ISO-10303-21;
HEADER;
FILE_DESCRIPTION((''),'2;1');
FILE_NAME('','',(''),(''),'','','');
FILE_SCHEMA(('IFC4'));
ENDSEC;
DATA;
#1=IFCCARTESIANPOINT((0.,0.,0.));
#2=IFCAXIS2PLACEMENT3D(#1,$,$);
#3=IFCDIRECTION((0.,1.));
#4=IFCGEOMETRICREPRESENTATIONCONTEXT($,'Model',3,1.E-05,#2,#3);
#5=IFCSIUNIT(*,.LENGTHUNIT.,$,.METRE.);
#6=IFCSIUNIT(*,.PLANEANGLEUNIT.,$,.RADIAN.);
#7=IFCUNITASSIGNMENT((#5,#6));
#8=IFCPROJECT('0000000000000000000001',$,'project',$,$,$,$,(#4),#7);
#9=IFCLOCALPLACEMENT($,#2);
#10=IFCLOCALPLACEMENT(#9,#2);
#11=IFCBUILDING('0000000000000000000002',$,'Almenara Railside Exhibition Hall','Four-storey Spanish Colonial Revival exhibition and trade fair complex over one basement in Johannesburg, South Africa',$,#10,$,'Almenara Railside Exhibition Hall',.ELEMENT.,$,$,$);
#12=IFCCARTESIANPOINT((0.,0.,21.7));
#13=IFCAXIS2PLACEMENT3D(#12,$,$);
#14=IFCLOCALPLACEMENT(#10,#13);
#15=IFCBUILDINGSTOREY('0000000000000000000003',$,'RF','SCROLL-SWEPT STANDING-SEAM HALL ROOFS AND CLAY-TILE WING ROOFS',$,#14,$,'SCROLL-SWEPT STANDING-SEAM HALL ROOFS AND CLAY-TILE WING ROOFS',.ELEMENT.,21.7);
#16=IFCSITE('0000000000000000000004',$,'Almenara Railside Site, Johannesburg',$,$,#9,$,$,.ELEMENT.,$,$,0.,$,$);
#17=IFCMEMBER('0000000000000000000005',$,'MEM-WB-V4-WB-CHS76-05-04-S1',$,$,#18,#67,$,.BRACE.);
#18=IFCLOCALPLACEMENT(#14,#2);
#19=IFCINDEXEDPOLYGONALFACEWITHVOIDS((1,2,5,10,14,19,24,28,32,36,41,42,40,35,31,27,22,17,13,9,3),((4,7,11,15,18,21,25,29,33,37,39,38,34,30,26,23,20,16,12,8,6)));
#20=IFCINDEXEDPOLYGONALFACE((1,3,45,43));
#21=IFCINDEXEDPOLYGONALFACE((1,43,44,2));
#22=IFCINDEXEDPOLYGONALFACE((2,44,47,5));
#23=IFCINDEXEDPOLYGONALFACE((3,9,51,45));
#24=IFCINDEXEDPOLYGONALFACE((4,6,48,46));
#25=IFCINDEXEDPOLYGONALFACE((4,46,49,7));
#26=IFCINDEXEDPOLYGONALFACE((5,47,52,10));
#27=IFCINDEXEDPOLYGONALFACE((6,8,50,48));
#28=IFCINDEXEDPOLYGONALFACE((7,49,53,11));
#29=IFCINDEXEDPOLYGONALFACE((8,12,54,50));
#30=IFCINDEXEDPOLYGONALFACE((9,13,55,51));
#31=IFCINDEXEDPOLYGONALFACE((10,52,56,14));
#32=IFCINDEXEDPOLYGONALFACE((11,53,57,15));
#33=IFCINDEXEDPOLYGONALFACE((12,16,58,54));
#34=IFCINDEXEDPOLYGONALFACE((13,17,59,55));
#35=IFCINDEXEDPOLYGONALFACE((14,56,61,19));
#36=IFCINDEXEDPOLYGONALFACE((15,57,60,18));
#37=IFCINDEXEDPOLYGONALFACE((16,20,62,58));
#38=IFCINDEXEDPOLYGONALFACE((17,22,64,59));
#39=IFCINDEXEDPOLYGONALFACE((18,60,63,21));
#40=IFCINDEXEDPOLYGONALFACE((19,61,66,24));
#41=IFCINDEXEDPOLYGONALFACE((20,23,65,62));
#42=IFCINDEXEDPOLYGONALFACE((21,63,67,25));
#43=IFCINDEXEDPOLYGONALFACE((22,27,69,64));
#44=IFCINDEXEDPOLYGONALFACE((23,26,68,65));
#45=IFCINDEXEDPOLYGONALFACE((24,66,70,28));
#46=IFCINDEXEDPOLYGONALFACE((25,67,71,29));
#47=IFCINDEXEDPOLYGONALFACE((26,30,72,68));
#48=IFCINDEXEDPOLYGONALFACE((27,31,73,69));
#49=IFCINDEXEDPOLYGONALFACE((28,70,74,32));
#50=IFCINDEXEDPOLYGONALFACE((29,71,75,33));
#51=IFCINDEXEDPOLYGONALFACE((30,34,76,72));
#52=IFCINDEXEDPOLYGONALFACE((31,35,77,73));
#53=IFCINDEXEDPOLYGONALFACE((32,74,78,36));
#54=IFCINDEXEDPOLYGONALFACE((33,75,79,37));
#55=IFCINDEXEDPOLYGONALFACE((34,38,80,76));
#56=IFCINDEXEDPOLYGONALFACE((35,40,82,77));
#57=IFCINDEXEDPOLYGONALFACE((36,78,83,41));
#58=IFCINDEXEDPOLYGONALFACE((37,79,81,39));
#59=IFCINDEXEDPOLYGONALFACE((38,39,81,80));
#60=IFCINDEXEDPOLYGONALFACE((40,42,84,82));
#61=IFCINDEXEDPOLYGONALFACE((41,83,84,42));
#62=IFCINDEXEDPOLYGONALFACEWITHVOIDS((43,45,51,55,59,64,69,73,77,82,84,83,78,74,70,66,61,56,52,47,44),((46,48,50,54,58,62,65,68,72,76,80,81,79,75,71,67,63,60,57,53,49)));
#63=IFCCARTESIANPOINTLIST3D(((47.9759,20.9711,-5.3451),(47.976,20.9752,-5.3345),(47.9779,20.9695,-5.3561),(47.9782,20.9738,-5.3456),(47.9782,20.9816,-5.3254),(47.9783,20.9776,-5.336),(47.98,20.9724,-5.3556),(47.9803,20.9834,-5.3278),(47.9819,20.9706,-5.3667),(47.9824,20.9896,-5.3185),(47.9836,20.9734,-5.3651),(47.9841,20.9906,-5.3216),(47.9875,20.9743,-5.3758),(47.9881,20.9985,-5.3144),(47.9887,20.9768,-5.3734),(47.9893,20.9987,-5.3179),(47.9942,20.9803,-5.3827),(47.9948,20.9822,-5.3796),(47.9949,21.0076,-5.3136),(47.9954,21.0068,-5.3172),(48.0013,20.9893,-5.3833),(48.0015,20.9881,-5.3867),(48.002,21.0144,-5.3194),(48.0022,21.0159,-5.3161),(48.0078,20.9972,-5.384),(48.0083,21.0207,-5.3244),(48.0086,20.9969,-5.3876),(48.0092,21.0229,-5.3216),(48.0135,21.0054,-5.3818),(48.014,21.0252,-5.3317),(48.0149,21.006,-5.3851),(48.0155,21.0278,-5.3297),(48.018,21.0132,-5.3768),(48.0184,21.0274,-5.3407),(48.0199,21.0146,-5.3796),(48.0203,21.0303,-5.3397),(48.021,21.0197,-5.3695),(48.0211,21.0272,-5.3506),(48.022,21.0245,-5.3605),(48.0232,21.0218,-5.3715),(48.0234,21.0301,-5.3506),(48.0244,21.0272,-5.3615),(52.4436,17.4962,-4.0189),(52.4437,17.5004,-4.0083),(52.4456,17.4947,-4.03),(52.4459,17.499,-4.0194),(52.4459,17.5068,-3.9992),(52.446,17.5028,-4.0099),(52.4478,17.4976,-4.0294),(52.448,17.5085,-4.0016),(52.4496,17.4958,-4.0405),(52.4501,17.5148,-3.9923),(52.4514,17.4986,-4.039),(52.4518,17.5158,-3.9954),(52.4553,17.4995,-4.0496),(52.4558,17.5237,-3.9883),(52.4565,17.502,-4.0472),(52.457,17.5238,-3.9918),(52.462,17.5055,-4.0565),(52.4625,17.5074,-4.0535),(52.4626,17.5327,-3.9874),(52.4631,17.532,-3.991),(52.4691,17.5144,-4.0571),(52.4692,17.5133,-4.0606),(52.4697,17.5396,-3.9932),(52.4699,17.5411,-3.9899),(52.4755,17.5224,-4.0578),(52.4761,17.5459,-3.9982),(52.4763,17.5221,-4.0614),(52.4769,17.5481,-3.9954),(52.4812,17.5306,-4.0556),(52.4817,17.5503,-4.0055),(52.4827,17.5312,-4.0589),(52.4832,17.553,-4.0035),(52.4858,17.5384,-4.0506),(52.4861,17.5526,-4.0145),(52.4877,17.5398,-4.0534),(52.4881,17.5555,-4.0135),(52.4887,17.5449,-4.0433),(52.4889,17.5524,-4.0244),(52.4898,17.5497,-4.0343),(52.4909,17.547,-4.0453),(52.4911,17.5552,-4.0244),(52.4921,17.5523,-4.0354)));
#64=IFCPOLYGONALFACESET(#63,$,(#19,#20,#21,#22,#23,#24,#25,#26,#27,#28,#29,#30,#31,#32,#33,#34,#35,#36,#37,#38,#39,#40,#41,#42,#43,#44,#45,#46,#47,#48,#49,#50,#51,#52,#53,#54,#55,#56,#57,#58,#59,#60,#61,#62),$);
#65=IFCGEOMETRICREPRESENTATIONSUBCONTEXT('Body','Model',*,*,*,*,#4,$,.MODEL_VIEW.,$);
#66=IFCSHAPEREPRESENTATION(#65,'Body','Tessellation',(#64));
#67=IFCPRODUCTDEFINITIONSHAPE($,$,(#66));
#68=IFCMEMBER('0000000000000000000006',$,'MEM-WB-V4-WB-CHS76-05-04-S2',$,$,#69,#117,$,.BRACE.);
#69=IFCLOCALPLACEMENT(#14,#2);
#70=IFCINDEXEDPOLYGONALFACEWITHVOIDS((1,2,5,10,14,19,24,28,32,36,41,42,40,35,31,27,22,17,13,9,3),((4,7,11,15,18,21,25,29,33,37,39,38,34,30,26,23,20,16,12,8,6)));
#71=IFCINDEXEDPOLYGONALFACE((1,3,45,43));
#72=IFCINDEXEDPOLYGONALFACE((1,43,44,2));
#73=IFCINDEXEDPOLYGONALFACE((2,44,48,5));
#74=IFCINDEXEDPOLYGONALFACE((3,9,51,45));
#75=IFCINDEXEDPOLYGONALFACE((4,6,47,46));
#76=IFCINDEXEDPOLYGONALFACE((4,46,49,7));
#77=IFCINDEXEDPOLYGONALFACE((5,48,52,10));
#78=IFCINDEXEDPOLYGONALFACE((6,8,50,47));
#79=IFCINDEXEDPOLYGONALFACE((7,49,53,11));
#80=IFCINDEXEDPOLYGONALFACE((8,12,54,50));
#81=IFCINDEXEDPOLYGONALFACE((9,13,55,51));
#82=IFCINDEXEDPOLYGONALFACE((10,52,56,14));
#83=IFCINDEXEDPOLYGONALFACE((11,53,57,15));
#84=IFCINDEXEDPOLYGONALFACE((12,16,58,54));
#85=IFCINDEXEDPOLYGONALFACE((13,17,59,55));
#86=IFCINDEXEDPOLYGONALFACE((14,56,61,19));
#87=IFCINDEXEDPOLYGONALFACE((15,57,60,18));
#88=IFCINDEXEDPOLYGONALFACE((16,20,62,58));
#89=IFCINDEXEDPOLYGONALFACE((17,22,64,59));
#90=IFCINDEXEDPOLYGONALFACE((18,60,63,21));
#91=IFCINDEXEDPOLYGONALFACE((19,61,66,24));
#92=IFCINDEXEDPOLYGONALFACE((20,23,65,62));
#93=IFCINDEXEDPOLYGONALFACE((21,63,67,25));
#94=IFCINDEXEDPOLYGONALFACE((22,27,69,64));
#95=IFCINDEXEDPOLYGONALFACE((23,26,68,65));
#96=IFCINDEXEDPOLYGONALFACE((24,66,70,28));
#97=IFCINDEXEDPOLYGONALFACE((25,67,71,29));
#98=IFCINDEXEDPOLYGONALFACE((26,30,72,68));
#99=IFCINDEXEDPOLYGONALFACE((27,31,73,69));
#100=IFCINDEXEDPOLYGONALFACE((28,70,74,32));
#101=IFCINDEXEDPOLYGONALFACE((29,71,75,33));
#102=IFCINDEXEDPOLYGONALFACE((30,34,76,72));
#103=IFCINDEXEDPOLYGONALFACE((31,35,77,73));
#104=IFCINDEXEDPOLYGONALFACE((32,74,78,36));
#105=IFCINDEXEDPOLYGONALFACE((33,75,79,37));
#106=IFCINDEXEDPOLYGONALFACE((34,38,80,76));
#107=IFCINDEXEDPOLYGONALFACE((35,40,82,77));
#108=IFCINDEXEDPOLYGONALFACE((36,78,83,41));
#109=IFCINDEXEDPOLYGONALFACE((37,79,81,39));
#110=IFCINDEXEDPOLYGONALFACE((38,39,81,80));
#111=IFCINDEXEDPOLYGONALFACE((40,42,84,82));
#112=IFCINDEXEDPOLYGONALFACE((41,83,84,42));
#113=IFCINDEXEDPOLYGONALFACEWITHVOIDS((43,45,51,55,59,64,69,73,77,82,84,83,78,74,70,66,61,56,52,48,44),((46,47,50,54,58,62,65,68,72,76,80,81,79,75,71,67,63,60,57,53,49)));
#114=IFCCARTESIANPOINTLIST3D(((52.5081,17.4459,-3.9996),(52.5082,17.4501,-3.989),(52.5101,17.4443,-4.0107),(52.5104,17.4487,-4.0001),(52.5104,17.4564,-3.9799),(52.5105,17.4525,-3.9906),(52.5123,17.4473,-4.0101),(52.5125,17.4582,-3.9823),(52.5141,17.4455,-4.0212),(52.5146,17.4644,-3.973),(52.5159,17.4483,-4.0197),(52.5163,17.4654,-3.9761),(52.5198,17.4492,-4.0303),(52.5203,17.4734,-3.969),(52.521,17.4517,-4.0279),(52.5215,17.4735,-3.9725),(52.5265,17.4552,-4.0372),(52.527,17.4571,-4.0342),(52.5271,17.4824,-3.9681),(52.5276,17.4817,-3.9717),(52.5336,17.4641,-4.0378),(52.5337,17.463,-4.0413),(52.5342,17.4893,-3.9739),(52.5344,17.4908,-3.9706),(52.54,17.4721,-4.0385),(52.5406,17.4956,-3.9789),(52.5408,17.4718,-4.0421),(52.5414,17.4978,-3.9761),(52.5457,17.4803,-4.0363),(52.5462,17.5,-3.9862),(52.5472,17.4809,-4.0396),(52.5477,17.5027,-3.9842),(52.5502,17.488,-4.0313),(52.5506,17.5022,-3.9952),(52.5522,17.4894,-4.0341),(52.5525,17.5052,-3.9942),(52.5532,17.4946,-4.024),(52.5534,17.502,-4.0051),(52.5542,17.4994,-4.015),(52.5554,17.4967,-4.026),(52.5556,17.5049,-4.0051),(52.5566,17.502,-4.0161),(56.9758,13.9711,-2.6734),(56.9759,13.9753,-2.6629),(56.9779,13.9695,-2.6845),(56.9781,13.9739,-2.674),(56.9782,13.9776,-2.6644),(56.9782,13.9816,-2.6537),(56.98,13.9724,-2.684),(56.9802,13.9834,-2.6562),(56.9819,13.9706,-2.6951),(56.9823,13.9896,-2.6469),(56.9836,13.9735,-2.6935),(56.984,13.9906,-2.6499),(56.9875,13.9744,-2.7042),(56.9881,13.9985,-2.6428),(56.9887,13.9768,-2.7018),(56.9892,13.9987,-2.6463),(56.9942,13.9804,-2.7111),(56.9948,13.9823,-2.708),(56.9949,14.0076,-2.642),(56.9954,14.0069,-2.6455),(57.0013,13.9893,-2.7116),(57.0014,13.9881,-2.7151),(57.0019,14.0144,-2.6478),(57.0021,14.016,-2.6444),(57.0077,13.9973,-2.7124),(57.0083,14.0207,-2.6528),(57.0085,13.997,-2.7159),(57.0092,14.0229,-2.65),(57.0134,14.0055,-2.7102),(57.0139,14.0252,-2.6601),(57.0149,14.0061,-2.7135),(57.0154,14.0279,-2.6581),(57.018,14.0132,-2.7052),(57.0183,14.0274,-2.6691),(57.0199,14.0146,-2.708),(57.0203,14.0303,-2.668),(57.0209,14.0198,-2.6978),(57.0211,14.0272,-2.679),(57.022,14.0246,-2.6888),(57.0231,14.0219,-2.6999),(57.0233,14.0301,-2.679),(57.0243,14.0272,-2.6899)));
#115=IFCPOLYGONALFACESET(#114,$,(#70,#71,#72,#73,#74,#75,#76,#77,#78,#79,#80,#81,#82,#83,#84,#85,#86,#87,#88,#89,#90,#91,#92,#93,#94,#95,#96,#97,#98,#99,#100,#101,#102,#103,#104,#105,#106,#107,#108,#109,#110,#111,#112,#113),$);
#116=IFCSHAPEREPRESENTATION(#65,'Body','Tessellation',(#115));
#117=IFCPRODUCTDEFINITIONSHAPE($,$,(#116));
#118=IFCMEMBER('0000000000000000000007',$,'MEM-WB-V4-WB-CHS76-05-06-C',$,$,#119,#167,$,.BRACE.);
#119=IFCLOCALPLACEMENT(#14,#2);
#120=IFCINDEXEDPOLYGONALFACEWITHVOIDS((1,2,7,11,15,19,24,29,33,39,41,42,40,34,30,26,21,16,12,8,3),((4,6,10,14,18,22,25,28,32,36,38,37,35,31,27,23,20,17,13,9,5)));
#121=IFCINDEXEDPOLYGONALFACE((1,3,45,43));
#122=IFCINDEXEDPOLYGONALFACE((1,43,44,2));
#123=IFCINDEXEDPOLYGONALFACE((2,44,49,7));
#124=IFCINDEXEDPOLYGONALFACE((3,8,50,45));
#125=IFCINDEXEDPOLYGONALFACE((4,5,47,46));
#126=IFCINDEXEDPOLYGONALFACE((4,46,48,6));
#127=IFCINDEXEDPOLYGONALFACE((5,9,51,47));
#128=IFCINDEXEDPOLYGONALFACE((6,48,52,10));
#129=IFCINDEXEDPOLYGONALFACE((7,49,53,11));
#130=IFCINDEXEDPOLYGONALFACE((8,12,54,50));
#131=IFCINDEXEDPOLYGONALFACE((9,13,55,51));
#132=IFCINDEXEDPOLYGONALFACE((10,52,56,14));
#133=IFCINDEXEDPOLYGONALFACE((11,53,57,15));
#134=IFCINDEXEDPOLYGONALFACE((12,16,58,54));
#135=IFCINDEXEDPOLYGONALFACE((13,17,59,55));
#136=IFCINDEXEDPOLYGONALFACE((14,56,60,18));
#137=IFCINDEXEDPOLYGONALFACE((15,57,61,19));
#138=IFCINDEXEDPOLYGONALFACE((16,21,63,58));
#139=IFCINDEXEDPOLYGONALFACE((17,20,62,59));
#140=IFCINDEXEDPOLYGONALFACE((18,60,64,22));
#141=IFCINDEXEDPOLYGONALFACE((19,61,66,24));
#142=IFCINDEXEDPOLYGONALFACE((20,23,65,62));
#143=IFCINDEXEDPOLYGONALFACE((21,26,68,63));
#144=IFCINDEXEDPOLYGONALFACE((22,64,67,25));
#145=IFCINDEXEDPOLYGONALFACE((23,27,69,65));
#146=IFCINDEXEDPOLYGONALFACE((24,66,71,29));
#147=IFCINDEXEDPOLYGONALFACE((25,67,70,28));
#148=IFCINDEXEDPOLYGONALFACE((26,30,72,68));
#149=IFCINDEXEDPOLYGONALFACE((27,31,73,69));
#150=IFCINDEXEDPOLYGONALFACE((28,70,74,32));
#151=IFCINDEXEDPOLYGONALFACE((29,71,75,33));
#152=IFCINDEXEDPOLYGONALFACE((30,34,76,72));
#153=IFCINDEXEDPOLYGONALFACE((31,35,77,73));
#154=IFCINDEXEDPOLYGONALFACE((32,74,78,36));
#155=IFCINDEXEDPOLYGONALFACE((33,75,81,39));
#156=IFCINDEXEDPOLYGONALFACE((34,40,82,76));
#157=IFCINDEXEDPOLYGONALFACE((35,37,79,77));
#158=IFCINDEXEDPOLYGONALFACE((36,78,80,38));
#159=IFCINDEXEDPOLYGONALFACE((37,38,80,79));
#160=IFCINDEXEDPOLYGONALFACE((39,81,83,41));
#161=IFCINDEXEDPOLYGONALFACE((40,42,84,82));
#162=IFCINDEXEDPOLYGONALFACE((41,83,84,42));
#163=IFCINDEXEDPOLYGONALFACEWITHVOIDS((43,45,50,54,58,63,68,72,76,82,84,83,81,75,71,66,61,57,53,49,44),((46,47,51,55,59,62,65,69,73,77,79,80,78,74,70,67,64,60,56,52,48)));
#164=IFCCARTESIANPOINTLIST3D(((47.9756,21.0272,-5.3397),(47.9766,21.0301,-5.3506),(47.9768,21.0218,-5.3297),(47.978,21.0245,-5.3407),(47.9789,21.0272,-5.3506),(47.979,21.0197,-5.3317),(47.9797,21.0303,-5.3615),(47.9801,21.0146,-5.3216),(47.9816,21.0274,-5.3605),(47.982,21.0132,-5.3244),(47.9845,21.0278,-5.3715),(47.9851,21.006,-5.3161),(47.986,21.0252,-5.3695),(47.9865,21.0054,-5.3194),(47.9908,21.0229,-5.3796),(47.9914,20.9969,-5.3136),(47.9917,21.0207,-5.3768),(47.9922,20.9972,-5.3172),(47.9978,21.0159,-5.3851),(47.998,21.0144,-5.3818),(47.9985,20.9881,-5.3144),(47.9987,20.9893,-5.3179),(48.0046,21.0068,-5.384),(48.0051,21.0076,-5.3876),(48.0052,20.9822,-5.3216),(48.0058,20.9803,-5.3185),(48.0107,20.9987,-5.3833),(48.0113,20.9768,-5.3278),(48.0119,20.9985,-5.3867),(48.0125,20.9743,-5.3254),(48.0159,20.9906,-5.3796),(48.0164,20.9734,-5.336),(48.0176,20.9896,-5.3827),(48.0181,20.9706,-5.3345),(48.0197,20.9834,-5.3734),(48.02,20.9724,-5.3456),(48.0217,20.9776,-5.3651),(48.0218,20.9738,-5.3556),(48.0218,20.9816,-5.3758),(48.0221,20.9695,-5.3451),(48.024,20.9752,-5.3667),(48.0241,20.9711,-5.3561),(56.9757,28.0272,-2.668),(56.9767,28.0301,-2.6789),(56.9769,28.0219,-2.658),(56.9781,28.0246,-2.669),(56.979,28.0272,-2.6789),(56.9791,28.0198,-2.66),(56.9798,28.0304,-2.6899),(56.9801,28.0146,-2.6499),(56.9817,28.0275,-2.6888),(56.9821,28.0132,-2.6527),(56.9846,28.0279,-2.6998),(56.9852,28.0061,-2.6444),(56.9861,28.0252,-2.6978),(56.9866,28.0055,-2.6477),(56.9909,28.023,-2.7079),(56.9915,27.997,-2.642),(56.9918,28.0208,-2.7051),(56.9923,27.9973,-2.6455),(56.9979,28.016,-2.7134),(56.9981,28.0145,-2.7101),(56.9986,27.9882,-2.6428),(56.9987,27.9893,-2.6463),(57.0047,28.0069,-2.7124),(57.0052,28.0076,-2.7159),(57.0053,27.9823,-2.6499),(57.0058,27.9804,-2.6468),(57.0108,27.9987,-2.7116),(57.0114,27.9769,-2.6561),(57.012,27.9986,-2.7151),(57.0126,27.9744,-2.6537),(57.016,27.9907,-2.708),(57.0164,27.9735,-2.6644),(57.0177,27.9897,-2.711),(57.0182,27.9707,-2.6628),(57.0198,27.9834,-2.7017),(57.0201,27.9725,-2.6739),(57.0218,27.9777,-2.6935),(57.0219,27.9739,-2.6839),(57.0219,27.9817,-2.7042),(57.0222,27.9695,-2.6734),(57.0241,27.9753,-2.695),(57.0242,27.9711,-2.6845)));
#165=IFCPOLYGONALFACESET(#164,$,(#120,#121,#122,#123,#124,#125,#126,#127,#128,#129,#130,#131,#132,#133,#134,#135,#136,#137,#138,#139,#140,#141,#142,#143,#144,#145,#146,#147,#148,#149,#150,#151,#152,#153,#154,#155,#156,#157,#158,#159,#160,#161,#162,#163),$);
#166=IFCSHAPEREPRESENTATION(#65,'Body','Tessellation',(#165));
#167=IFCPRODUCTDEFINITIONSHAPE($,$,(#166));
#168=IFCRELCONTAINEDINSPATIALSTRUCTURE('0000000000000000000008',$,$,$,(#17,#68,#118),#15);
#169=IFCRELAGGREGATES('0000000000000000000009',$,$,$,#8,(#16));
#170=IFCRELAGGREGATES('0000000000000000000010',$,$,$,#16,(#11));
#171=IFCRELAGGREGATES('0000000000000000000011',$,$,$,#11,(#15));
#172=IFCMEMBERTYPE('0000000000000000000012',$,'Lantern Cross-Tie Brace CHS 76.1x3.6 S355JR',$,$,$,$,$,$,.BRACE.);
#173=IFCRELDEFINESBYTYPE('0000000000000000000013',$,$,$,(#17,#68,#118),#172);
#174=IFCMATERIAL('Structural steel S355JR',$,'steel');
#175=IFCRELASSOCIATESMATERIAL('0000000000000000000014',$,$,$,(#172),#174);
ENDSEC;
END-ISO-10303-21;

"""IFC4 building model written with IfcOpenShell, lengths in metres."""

from ifc_helpers import new_model, si_unit, direction, frame, origin, origin_2d, place, context, subcontext, project, spatial, hollow_circle, extrude, material, material_profile, profile_set, type_object, element, save


model = new_model("IFC4")

# Units and contexts
model_context = context("Model", 3, precision=1e-05, world=origin(), true_north=direction((0.0, 1.0)))
body_context = subcontext(model_context, "Body", "Model", "MODEL_VIEW")
ifc_project = project(units=[si_unit("LENGTHUNIT", "METRE"), si_unit("PLANEANGLEUNIT", "RADIAN")], contexts=[model_context])

# Site, building, storey
site_placement = place(None, origin())
site = spatial("IfcSite", under=ifc_project, at=site_placement, Name="Almenara Railside Site, Johannesburg", CompositionType="ELEMENT", RefElevation=0.0)
building_placement = place(site_placement, origin())
building = spatial("IfcBuilding", under=site, at=building_placement, Name="Almenara Railside Exhibition Hall", Description="Four-storey Spanish Colonial Revival exhibition and trade fair complex over one basement in Johannesburg, South Africa", LongName="Almenara Railside Exhibition Hall", CompositionType="ELEMENT")
storey_placement = place(building_placement, frame((0.0, 0.0, 21.7)))
storey = spatial("IfcBuildingStorey", under=building, at=storey_placement, Name="RF", Description="SCROLL-SWEPT STANDING-SEAM HALL ROOFS AND CLAY-TILE WING ROOFS", LongName="SCROLL-SWEPT STANDING-SEAM HALL ROOFS AND CLAY-TILE WING ROOFS", CompositionType="ELEMENT", Elevation=21.7)

# Members
ifc_material_1 = material(Name="Structural steel S355JR", Category="steel")
ifc_material_profile_1 = material_profile(ifc_material_1, hollow_circle(Radius=0.0381, WallThickness=0.0037, at=origin_2d()), Name="CHS 76.1x3.6")
ifc_profile_set_1 = profile_set([ifc_material_profile_1], Name="Structural steel S355JR")
member_type_1 = type_object("IfcMemberType", Name="Lantern Cross-Tie Brace CHS 76.1x3.6 S355JR", PredefinedType="BRACE", material=ifc_profile_set_1)
for number, where, z_axis, x_axis, name in (
    (1, (48.0, 21.0, -5.3506), (0.768545, -0.597743, 0.228128), (0.613932, 0.789359, 0.0), "MEM-WB-V4-WB-CHS76-05-04-S1"),
    (2, (52.5322, 17.4749, -4.0051), (0.768545, -0.597743, 0.228128), (0.613932, 0.789359, 0.0), "MEM-WB-V4-WB-CHS76-05-04-S2"),
):
    element("IfcMember", number, at=place(storey_placement, frame(where, z_axis=z_axis, x_axis=x_axis)), inside=storey, type_object=member_type_1, Name=name, PredefinedType="BRACE", context=body_context, shape_type="SweptSolid", body=[
        extrude(hollow_circle(Radius=0.0381, WallThickness=0.0037, at=origin_2d()), origin(), (0.0, 0.0, 1.0), 5.8132),
    ])
member_1_placement = place(storey_placement, frame((48.0, 21.0, -5.3506), z_axis=(0.768536, 0.59775, 0.228138), x_axis=(-0.613941, 0.789352, 0.0)))
element("IfcMember", 3, at=member_1_placement, inside=storey, type_object=member_type_1, Name="MEM-WB-V4-WB-CHS76-05-06-C", PredefinedType="BRACE", context=body_context, shape_type="SweptSolid", body=[
    extrude(hollow_circle(Radius=0.0381, WallThickness=0.0037, at=origin_2d()), origin(), (0.0, 0.0, 1.0), 11.7107),
])

save(model, "model.ifc")
